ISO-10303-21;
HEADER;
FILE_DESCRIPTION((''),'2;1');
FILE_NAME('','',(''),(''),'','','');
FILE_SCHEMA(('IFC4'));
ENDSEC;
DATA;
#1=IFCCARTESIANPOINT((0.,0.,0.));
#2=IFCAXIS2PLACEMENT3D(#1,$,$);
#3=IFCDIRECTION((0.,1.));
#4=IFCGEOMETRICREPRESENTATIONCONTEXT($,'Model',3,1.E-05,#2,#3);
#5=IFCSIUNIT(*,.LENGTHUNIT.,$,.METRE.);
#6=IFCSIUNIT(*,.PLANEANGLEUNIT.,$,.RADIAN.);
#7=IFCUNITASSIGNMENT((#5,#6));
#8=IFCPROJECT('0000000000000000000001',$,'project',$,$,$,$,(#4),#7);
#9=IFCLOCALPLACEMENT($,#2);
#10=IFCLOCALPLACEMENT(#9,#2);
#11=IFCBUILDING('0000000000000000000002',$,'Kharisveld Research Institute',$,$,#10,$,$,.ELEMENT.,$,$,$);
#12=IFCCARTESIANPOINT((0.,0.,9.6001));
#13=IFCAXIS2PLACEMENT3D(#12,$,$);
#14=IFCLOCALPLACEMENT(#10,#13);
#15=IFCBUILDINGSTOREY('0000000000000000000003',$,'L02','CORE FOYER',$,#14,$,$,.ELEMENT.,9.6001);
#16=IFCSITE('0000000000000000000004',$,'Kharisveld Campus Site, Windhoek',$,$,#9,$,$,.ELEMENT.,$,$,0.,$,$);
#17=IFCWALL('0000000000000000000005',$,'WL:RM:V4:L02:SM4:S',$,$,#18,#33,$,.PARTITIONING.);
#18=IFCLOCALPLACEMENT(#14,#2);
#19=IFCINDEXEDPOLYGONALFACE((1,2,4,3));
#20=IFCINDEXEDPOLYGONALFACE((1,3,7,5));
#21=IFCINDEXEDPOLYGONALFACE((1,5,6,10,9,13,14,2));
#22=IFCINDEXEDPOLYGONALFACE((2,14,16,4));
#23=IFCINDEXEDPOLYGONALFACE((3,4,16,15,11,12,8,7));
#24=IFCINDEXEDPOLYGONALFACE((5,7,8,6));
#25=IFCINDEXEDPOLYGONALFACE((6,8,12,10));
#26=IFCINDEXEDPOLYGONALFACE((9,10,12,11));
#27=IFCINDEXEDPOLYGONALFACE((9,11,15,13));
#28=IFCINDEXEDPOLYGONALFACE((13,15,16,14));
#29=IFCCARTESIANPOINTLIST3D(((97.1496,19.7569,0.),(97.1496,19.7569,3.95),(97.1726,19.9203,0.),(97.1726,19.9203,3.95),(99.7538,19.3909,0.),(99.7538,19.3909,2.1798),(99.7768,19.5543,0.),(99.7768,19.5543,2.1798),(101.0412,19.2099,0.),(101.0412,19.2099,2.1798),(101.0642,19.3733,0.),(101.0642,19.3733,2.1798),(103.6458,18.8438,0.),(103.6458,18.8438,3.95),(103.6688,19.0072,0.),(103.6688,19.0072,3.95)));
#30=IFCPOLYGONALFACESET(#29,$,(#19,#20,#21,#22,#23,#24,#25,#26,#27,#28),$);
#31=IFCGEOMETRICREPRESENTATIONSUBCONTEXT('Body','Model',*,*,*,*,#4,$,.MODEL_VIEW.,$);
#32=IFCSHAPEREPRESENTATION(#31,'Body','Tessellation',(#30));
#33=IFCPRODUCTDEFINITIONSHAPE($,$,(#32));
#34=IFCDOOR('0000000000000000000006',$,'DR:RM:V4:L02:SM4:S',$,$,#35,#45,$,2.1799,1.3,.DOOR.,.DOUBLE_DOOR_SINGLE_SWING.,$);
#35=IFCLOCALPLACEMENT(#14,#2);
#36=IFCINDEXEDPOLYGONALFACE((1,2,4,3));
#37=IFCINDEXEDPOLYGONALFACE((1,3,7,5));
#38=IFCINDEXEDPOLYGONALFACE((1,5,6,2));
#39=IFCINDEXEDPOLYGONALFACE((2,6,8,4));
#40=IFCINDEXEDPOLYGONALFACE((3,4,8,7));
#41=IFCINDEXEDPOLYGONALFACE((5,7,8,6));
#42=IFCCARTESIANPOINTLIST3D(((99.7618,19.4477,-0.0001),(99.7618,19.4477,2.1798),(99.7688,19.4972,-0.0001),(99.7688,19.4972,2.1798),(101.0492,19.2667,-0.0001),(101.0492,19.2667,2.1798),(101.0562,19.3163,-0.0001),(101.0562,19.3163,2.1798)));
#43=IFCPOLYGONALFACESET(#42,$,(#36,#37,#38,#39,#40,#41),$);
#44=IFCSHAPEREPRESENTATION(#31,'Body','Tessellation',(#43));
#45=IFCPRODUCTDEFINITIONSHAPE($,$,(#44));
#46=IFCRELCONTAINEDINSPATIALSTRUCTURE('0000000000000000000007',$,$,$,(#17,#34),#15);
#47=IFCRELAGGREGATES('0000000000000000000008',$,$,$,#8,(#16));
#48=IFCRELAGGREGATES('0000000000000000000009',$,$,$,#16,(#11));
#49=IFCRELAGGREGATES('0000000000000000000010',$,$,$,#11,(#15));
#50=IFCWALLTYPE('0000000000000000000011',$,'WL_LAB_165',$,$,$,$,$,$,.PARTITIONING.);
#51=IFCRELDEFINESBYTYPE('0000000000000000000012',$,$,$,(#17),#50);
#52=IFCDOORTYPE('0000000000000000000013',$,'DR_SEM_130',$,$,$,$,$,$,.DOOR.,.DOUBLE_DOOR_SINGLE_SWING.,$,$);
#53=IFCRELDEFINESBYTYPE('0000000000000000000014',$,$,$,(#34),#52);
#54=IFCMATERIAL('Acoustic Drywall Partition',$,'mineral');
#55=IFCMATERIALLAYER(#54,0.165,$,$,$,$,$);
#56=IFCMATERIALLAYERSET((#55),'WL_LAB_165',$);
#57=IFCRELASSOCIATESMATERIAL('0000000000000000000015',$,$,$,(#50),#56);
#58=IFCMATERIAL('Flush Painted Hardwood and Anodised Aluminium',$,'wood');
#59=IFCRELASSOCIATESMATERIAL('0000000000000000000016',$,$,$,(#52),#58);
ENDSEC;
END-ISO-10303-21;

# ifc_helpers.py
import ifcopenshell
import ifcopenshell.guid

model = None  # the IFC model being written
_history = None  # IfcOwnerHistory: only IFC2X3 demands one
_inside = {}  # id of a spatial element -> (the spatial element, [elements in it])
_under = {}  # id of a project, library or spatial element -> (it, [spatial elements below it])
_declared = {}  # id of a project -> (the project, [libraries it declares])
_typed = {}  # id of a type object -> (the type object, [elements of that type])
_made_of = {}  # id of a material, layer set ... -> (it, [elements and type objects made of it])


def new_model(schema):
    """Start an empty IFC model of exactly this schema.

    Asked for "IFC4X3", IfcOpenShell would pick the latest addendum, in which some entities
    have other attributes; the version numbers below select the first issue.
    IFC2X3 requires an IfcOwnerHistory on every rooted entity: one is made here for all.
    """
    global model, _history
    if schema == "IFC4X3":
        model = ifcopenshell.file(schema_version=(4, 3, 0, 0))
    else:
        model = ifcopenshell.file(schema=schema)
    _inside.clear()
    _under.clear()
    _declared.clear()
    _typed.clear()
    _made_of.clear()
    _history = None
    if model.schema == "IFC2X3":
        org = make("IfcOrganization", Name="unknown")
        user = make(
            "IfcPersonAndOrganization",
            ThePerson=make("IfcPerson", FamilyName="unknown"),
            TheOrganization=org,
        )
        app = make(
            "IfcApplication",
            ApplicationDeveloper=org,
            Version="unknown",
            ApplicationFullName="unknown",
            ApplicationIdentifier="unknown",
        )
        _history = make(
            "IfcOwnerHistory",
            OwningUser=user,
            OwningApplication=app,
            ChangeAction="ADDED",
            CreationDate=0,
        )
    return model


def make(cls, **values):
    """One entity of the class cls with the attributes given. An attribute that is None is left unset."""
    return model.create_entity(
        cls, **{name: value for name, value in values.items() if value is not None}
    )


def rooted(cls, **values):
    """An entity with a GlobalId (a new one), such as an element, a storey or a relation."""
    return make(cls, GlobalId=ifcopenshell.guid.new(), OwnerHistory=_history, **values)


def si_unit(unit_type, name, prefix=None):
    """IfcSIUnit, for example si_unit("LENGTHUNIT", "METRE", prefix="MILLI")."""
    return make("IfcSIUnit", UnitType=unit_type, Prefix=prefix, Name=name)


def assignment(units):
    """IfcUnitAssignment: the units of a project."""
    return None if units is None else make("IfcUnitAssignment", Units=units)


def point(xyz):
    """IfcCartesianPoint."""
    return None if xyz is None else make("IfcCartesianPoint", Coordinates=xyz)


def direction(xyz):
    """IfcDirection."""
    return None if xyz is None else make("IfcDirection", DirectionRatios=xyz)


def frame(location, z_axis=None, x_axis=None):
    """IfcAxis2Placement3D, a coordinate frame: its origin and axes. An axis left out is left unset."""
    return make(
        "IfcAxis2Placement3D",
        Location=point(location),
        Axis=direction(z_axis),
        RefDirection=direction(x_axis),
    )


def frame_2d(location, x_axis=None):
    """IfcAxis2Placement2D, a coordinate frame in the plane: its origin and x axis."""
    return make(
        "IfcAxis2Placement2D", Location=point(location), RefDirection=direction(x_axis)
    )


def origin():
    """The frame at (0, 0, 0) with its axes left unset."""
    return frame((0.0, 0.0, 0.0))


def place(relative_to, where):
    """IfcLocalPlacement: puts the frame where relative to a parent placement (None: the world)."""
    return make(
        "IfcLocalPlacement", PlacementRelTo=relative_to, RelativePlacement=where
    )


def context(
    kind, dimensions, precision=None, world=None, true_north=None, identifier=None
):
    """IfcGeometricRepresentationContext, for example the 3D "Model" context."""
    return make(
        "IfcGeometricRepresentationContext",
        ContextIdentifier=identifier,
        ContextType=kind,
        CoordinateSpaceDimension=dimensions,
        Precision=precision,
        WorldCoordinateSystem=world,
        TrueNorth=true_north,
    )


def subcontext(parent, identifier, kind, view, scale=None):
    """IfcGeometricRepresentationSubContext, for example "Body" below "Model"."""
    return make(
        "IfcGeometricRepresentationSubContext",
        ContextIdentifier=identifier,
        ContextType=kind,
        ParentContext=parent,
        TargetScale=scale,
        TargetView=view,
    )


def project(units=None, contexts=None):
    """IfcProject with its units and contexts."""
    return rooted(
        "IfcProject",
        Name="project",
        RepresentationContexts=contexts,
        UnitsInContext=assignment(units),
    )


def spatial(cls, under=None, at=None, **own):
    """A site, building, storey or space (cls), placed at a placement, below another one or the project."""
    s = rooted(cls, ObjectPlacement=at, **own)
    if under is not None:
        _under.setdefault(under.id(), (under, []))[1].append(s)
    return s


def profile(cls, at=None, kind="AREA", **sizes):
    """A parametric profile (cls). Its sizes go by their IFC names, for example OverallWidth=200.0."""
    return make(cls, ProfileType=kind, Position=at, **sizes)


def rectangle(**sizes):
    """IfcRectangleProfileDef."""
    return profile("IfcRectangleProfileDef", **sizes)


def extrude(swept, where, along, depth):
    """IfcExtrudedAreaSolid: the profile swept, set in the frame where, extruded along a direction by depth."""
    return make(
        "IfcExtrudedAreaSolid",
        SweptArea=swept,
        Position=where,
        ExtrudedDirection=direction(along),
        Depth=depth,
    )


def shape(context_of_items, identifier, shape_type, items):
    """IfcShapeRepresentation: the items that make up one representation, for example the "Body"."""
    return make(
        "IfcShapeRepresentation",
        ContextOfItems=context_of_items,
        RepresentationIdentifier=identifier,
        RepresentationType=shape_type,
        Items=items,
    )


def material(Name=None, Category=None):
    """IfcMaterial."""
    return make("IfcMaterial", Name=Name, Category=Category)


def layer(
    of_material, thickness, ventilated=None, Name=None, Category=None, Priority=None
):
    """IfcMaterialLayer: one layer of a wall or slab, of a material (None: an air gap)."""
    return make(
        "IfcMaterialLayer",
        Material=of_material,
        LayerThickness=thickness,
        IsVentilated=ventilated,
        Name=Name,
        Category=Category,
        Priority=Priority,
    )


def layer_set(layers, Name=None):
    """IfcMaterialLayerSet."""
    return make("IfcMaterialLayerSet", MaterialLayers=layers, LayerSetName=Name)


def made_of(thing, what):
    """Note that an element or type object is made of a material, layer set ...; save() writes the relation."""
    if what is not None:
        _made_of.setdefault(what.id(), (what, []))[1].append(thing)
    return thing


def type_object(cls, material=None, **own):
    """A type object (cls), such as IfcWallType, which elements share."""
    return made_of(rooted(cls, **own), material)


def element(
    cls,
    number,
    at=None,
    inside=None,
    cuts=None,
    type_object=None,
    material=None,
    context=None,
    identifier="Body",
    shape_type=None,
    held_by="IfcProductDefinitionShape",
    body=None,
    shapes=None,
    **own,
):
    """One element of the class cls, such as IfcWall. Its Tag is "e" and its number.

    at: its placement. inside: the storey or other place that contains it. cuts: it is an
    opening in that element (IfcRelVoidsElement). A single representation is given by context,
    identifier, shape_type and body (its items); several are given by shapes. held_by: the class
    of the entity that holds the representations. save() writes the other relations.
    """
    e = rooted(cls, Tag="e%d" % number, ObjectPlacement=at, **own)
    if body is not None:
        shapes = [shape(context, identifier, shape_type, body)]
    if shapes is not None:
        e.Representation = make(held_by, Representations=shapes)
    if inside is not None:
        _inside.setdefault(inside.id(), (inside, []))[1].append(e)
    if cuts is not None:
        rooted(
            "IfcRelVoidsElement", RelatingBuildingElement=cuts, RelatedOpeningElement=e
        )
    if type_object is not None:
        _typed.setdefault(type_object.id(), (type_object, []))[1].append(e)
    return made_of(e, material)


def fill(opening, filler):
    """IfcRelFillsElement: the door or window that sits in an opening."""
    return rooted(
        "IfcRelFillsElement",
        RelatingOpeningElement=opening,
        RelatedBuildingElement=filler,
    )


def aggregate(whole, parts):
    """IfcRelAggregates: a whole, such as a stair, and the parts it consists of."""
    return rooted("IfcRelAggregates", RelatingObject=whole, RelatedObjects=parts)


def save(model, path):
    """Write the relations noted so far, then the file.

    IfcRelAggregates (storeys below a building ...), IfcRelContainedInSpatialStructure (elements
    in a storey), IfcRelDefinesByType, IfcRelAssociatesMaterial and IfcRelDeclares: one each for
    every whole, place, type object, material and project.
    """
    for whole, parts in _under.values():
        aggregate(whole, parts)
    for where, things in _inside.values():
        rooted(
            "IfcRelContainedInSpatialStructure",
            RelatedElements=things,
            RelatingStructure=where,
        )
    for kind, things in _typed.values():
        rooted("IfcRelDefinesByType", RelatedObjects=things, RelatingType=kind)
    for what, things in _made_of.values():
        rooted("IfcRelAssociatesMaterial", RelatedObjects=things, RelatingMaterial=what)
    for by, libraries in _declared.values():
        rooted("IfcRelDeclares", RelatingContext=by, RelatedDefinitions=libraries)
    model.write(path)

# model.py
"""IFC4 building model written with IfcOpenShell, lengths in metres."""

from ifc_helpers import new_model, si_unit, direction, frame, frame_2d, origin, place, context, subcontext, project, spatial, rectangle, extrude, material, layer, layer_set, type_object, element, fill, save


model = new_model("IFC4")

# Units and contexts
model_context = context("Model", 3, precision=1e-05, world=origin(), true_north=direction((0.0, 1.0)))
body_context = subcontext(model_context, "Body", "Model", "MODEL_VIEW")
ifc_project = project(units=[si_unit("LENGTHUNIT", "METRE"), si_unit("PLANEANGLEUNIT", "RADIAN")], contexts=[model_context])

# Site, building, storey
site_placement = place(None, origin())
site = spatial("IfcSite", under=ifc_project, at=site_placement, Name="Kharisveld Campus Site, Windhoek", CompositionType="ELEMENT", RefElevation=0.0)
building_placement = place(site_placement, origin())
building = spatial("IfcBuilding", under=site, at=building_placement, Name="Kharisveld Research Institute", CompositionType="ELEMENT")
storey_placement = place(building_placement, frame((0.0, 0.0, 9.6001)))
storey = spatial("IfcBuildingStorey", under=building, at=storey_placement, Name="L02", Description="CORE FOYER", CompositionType="ELEMENT", Elevation=9.6001)

# Wall, opening, door
ifc_material_1 = material(Name="Acoustic Drywall Partition", Category="mineral")
ifc_layer_1 = layer(ifc_material_1, 0.165)
ifc_layer_set_1 = layer_set([ifc_layer_1], Name="WL_LAB_165")
wall_type = type_object("IfcWallType", Name="WL_LAB_165", PredefinedType="PARTITIONING", material=ifc_layer_set_1)
wall_placement = place(storey_placement, frame((97.1611, 19.8386, 0.0), z_axis=(0.0, 0.0, 1.0), x_axis=(0.990266, -0.139191, 0.0)))
wall = element("IfcWall", 1, at=wall_placement, inside=storey, type_object=wall_type, Name="WL:RM:V4:L02:SM4:S", PredefinedType="PARTITIONING", context=body_context, shape_type="SweptSolid", body=[
    extrude(rectangle(XDim=6.5601, YDim=0.165, at=frame_2d((3.28, 0.0))), origin(), (0.0, 0.0, 1.0), 3.95),
])
opening_placement = place(wall_placement, frame((2.6299, 0.0, 0.0)))
opening = element("IfcOpeningElement", 2, at=opening_placement, cuts=wall, PredefinedType="OPENING", context=body_context, shape_type="SweptSolid", body=[
    extrude(rectangle(XDim=1.3, YDim=2.1799, at=frame_2d((0.6499, 1.0898))), frame((0.0, 0.0825, 0.0), z_axis=(0.0, -1.0, 0.0), x_axis=(1.0, 0.0, 0.0)), (0.0, 0.0, 1.0), 0.165),
])
ifc_material_2 = material(Name="Flush Painted Hardwood and Anodised Aluminium", Category="wood")
door_type = type_object("IfcDoorType", Name="DR_SEM_130", OperationType="DOUBLE_DOOR_SINGLE_SWING", PredefinedType="DOOR", material=ifc_material_2)
door_placement = place(opening_placement, origin())
door = element("IfcDoor", 3, at=door_placement, inside=storey, type_object=door_type, Name="DR:RM:V4:L02:SM4:S", OperationType="DOUBLE_DOOR_SINGLE_SWING", OverallHeight=2.1799, OverallWidth=1.3, PredefinedType="DOOR", context=body_context, shape_type="SweptSolid", body=[
    extrude(rectangle(XDim=1.3, YDim=2.1799, at=frame_2d((0.6499, 1.0898))), frame((0.0, 0.0249, 0.0), z_axis=(0.0, -1.0, 0.0), x_axis=(1.0, 0.0, 0.0)), (0.0, 0.0, 1.0), 0.05),
])
fill(opening, door)

save(model, "model.ifc")
